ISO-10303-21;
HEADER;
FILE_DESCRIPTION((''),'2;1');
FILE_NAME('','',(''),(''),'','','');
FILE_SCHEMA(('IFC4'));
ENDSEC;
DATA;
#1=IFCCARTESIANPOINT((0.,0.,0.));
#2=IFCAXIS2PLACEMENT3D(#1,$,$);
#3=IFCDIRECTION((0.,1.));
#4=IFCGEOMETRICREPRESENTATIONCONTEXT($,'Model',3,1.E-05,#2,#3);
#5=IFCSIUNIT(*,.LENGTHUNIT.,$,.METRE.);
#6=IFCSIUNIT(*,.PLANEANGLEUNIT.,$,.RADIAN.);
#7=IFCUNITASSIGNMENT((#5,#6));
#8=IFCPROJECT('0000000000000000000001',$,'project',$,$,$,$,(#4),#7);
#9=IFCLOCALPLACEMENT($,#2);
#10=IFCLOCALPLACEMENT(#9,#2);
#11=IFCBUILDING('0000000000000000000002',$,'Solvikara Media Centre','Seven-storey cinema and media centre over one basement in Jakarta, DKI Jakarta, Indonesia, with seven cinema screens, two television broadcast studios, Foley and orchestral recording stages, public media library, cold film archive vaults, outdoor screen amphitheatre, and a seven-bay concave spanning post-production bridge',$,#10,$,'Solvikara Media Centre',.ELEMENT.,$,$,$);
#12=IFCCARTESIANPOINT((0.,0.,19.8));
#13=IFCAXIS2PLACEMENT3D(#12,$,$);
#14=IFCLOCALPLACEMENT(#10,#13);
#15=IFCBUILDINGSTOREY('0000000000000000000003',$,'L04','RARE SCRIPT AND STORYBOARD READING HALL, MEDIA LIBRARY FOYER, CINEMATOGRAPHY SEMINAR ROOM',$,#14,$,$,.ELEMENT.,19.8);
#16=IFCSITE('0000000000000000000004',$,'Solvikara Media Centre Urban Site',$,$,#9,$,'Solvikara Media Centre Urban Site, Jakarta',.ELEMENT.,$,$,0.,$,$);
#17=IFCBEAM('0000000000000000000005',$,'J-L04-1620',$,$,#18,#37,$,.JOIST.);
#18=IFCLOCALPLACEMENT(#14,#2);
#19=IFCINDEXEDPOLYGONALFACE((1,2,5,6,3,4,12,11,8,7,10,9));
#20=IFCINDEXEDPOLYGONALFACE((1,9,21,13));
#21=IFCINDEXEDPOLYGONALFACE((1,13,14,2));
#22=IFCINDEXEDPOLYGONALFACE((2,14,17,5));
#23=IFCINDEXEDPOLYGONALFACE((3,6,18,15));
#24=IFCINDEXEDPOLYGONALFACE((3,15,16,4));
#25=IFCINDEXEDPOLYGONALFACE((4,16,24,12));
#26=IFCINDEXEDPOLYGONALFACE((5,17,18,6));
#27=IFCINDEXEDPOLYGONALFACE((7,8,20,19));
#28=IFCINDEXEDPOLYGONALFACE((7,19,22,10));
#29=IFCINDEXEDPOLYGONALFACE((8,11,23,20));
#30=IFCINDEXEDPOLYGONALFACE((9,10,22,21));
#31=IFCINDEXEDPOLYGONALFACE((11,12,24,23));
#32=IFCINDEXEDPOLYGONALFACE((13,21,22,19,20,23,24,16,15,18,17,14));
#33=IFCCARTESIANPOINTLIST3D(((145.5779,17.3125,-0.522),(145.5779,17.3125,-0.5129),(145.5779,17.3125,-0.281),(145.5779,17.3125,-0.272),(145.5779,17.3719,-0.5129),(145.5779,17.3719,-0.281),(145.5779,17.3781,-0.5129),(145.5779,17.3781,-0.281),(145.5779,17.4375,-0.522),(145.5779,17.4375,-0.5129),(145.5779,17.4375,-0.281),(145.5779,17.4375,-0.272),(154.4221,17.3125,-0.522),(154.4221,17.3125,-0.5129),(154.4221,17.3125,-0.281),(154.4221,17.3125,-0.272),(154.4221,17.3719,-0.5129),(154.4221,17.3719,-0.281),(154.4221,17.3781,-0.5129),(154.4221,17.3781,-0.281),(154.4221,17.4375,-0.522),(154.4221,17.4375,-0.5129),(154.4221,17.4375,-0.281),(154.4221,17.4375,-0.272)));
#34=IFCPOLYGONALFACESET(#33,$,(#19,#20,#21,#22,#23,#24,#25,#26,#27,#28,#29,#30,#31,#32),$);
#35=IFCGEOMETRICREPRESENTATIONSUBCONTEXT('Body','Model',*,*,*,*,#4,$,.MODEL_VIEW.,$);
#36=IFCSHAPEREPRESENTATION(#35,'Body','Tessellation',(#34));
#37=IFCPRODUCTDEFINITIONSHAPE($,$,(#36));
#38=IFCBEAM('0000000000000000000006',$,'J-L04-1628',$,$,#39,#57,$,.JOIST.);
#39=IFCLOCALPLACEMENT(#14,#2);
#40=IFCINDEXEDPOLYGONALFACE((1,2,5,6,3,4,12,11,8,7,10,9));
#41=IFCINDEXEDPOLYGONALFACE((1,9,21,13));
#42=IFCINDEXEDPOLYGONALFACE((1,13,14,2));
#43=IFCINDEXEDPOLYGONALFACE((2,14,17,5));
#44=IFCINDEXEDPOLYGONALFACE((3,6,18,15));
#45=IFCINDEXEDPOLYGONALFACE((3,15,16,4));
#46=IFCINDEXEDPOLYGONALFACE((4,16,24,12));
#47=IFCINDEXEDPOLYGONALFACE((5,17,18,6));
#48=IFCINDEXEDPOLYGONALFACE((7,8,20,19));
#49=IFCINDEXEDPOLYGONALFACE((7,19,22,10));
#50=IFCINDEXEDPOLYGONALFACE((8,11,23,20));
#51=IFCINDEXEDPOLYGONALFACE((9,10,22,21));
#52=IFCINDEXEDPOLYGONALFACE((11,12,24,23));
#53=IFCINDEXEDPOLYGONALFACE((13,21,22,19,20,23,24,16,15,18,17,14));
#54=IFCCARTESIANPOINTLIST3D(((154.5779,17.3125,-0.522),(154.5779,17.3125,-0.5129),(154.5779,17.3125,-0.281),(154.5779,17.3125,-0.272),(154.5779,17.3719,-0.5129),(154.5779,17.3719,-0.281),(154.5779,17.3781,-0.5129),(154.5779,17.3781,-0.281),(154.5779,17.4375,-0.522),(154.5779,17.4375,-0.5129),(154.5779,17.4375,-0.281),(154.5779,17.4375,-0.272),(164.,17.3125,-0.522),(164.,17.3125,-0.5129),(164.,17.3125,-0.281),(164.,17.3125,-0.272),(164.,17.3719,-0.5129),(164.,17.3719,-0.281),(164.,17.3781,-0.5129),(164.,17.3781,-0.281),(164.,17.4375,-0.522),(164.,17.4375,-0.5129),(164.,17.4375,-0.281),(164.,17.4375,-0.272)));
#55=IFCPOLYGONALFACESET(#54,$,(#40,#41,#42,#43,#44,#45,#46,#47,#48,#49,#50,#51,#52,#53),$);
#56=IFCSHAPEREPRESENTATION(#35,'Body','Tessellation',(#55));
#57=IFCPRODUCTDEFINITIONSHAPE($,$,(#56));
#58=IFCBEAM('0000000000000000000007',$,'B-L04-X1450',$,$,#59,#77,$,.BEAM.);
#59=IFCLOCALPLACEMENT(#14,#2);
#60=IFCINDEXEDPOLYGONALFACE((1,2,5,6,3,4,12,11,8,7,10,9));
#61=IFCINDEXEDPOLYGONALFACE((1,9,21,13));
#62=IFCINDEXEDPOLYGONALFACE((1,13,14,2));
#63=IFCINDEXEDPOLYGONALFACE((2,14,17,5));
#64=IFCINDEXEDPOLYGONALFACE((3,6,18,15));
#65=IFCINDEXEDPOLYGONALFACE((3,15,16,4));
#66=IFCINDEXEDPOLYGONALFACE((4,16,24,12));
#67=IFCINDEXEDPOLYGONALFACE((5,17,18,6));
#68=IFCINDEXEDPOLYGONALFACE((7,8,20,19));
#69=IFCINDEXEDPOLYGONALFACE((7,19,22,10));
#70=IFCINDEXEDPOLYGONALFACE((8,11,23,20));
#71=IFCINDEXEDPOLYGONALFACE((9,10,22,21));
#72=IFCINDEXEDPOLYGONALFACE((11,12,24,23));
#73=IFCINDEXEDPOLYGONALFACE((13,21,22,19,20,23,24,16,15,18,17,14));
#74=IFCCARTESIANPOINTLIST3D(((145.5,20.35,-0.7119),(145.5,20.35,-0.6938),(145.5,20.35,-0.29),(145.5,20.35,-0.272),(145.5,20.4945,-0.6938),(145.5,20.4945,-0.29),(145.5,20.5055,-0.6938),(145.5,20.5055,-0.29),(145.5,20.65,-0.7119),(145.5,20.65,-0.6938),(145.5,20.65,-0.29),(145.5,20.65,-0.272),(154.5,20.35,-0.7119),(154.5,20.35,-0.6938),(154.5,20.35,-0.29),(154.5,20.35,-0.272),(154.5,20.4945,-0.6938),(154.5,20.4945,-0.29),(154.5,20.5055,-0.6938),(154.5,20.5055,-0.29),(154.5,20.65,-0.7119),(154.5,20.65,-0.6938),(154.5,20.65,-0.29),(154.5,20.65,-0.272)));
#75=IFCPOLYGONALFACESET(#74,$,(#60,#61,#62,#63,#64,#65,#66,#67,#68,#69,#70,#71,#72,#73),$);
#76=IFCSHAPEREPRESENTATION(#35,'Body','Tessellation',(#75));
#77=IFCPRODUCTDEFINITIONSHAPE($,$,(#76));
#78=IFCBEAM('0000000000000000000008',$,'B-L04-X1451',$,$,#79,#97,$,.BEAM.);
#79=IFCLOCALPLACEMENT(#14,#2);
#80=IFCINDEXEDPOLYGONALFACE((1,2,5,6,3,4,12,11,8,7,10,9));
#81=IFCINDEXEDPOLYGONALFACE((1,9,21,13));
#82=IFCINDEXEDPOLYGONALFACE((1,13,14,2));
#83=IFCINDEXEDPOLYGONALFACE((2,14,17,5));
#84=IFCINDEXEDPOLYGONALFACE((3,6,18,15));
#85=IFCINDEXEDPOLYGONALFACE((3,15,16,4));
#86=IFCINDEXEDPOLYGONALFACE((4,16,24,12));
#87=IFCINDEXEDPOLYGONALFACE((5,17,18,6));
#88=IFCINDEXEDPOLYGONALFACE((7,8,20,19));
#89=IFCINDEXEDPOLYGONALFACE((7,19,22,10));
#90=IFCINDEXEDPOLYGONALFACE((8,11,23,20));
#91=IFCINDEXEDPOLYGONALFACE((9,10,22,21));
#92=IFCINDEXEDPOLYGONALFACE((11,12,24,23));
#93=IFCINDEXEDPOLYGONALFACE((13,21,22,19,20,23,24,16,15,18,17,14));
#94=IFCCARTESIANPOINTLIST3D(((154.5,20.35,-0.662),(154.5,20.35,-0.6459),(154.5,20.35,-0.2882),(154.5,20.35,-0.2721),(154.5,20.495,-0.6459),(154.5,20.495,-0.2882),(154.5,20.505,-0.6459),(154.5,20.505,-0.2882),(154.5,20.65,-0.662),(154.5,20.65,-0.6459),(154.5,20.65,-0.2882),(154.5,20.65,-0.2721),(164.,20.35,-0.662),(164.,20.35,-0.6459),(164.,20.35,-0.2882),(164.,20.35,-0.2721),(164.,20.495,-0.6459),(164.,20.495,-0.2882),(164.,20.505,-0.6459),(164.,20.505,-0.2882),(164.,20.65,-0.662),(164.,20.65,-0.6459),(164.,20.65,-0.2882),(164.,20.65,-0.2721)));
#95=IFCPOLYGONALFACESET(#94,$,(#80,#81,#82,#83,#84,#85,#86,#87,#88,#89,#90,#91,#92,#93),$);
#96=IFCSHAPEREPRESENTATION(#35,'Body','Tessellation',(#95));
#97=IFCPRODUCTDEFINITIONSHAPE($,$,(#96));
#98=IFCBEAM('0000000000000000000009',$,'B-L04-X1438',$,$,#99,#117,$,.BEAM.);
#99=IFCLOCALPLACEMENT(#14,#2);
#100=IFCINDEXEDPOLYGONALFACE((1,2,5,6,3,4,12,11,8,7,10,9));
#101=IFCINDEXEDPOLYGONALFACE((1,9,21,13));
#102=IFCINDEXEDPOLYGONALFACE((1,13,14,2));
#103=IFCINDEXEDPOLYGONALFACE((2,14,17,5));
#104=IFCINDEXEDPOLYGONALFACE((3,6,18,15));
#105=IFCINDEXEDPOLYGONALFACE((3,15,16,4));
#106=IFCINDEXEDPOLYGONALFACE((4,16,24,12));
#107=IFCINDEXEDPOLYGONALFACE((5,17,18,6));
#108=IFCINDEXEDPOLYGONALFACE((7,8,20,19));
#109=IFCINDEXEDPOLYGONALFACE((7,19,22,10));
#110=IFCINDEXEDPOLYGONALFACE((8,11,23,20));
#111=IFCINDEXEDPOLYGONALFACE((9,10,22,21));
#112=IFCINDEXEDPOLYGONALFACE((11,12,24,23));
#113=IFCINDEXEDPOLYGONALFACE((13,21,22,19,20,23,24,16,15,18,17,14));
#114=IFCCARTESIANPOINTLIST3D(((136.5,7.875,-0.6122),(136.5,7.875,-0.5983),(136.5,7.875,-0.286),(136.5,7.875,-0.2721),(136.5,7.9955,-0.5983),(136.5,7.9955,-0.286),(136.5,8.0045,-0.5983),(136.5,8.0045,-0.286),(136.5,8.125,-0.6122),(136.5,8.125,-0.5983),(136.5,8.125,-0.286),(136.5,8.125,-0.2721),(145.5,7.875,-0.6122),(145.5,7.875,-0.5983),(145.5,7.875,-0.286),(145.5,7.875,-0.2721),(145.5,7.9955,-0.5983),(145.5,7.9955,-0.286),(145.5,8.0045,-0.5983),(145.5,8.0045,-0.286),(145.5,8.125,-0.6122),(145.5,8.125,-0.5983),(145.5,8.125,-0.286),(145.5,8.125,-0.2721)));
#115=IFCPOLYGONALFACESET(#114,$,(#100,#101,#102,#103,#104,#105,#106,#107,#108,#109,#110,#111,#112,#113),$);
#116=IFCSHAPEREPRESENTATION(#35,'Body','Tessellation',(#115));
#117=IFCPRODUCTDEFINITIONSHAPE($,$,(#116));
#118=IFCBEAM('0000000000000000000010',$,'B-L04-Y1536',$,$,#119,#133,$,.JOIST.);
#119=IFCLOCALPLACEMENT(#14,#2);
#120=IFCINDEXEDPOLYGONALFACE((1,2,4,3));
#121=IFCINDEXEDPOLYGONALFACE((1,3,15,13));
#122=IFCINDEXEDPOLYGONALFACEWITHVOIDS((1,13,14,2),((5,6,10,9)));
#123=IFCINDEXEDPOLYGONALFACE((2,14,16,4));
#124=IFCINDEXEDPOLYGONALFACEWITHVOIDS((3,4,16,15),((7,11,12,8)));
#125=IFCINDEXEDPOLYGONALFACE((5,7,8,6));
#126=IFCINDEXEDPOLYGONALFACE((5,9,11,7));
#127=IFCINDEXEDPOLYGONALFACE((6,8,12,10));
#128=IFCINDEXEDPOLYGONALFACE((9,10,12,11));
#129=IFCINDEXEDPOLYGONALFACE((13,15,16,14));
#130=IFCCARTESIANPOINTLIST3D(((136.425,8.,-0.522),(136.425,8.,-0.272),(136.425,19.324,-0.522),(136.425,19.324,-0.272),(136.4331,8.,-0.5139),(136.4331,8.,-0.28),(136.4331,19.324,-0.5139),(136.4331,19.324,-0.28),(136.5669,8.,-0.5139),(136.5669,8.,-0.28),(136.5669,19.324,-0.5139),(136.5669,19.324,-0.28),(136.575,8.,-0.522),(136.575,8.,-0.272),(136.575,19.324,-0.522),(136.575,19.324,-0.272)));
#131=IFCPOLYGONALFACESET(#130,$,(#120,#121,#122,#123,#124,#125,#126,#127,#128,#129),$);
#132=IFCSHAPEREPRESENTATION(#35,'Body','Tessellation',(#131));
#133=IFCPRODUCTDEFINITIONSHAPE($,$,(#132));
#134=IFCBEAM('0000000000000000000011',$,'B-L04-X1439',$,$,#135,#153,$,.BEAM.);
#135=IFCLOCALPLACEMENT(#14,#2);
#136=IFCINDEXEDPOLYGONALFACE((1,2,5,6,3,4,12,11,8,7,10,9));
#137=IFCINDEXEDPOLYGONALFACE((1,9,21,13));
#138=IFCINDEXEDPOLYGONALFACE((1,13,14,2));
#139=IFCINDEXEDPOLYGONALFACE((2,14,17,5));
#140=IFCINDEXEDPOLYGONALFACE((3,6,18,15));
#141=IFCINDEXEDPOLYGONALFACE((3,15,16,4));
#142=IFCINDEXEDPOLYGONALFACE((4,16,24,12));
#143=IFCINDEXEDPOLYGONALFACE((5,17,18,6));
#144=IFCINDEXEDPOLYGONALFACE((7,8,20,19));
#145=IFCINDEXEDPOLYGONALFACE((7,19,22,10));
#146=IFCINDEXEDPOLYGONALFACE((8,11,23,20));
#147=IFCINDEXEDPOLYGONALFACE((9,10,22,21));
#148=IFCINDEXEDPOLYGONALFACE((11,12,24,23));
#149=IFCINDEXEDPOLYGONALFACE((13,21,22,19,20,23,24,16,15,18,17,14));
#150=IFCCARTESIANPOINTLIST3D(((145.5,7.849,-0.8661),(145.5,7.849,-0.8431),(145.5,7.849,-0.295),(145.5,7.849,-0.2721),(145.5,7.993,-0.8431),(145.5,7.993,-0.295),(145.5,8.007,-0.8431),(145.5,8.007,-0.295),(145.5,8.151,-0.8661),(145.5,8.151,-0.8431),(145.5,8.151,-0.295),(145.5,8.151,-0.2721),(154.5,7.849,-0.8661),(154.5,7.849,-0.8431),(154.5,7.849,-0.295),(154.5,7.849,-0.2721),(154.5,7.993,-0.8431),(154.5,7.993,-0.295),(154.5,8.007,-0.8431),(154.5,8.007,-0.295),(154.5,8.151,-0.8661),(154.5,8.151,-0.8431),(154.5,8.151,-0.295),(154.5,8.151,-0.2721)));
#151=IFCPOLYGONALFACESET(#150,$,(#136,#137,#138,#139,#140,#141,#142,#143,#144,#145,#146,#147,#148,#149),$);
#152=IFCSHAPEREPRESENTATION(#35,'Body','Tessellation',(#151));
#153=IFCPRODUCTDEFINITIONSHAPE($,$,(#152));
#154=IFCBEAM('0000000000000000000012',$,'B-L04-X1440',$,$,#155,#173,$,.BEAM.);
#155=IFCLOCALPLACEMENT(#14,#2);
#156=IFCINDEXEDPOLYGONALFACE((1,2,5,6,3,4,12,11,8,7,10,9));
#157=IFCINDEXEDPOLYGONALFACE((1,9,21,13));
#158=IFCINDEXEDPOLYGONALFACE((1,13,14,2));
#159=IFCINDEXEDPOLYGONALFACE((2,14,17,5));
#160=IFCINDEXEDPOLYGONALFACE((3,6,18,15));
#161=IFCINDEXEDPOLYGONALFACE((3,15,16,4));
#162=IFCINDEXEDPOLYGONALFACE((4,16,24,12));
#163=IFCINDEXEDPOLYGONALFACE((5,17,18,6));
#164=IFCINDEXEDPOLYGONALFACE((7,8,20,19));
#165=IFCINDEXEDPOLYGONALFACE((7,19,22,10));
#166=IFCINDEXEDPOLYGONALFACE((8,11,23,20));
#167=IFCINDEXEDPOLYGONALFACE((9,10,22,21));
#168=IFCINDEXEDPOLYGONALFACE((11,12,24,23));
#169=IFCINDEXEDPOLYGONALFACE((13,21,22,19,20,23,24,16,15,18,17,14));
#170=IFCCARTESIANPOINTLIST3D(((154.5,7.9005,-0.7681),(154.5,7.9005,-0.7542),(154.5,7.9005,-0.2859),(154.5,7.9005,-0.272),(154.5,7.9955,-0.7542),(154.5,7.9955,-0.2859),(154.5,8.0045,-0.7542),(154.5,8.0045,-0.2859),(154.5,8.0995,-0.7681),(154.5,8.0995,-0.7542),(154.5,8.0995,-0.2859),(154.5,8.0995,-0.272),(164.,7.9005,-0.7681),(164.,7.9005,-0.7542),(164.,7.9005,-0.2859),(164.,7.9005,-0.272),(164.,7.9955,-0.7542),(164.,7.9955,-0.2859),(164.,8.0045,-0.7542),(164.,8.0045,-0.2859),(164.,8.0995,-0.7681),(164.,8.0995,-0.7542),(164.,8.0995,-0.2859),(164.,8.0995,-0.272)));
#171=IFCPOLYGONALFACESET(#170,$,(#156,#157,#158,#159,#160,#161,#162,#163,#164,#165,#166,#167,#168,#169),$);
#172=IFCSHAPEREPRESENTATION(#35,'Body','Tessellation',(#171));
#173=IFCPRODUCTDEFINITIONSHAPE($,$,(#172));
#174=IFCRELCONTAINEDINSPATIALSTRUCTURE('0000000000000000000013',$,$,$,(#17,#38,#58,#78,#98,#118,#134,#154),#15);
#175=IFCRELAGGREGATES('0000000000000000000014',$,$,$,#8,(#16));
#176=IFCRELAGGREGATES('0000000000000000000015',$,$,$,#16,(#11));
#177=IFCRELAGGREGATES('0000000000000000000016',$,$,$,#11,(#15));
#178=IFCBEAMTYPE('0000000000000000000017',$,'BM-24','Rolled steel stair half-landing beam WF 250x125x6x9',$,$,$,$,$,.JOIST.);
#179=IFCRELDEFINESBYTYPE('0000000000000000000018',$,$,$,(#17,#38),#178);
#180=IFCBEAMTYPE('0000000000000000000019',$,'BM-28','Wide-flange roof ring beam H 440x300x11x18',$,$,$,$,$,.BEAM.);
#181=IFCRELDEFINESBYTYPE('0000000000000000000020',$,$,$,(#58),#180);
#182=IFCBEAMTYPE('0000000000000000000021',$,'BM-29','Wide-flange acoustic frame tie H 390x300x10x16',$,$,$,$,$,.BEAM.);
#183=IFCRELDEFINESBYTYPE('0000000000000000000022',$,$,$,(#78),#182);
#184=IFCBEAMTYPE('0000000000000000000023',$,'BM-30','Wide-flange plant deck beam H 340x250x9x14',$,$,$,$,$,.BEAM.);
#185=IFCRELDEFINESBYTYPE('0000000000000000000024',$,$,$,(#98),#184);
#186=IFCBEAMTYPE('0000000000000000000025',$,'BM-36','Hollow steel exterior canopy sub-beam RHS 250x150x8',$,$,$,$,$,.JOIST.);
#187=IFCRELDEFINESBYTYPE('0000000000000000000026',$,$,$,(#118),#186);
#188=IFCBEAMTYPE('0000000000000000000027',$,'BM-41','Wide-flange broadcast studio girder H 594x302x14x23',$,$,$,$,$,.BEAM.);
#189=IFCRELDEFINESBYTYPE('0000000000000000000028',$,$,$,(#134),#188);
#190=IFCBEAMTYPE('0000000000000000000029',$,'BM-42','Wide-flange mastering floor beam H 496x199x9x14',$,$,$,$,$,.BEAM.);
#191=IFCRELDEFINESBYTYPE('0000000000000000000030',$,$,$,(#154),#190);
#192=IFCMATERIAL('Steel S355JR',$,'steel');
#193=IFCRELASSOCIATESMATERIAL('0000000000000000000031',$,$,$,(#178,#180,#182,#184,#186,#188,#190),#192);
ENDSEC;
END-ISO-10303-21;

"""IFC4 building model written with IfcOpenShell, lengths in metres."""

from ifc_helpers import new_model, si_unit, direction, frame, origin, origin_2d, place, context, subcontext, project, spatial, hollow_rectangle, i_section, extrude, material, material_profile, profile_set, type_object, element, save


model = new_model("IFC4")

# Units and contexts
model_context = context("Model", 3, precision=1e-05, world=origin(), true_north=direction((0.0, 1.0)))
body_context = subcontext(model_context, "Body", "Model", "MODEL_VIEW")
ifc_project = project(units=[si_unit("LENGTHUNIT", "METRE"), si_unit("PLANEANGLEUNIT", "RADIAN")], contexts=[model_context])

# Site, building, storey
site_placement = place(None, origin())
site = spatial("IfcSite", under=ifc_project, at=site_placement, Name="Solvikara Media Centre Urban Site", LongName="Solvikara Media Centre Urban Site, Jakarta", CompositionType="ELEMENT", RefElevation=0.0)
building_placement = place(site_placement, origin())
building = spatial("IfcBuilding", under=site, at=building_placement, Name="Solvikara Media Centre", Description="Seven-storey cinema and media centre over one basement in Jakarta, DKI Jakarta, Indonesia, with seven cinema screens, two television broadcast studios, Foley and orchestral recording stages, public media library, cold film archive vaults, outdoor screen amphitheatre, and a seven-bay concave spanning post-production bridge", LongName="Solvikara Media Centre", CompositionType="ELEMENT")
storey_placement = place(building_placement, frame((0.0, 0.0, 19.8)))
storey = spatial("IfcBuildingStorey", under=building, at=storey_placement, Name="L04", Description="RARE SCRIPT AND STORYBOARD READING HALL, MEDIA LIBRARY FOYER, CINEMATOGRAPHY SEMINAR ROOM", CompositionType="ELEMENT", Elevation=19.8)

# Beams
ifc_material_1 = material(Name="Steel S355JR", Category="steel")
ifc_material_profile_1 = material_profile(ifc_material_1, i_section(OverallWidth=0.125, OverallDepth=0.25, WebThickness=0.0061, FlangeThickness=0.009, at=origin_2d()), Name="WF 250x125x6x9")
ifc_profile_set_1 = profile_set([ifc_material_profile_1], Name="Steel S355JR")
beam_type_1 = type_object("IfcBeamType", Name="BM-24", Description="Rolled steel stair half-landing beam WF 250x125x6x9", PredefinedType="JOIST", material=ifc_profile_set_1)
beam_1_placement = place(storey_placement, frame((145.5779, 17.375, -0.397), z_axis=(1.0, 0.0, 0.0), x_axis=(0.0, 1.0, 0.0)))
element("IfcBeam", 1, at=beam_1_placement, inside=storey, type_object=beam_type_1, Name="J-L04-1620", PredefinedType="JOIST", context=body_context, shape_type="SweptSolid", body=[
    extrude(i_section(OverallWidth=0.125, OverallDepth=0.25, WebThickness=0.0061, FlangeThickness=0.009, at=origin_2d()), origin(), (0.0, 0.0, 1.0), 8.8442),
])
beam_2_placement = place(storey_placement, frame((154.5779, 17.375, -0.397), z_axis=(1.0, 0.0, 0.0), x_axis=(0.0, 1.0, 0.0)))
element("IfcBeam", 2, at=beam_2_placement, inside=storey, type_object=beam_type_1, Name="J-L04-1628", PredefinedType="JOIST", context=body_context, shape_type="SweptSolid", body=[
    extrude(i_section(OverallWidth=0.125, OverallDepth=0.25, WebThickness=0.0061, FlangeThickness=0.009, at=origin_2d()), origin(), (0.0, 0.0, 1.0), 9.4221),
])
ifc_material_profile_2 = material_profile(ifc_material_1, i_section(OverallWidth=0.3, OverallDepth=0.4399, WebThickness=0.011, FlangeThickness=0.0181, at=origin_2d()), Name="H 440x300x11x18")
ifc_profile_set_2 = profile_set([ifc_material_profile_2], Name="Steel S355JR")
beam_type_2 = type_object("IfcBeamType", Name="BM-28", Description="Wide-flange roof ring beam H 440x300x11x18", PredefinedType="BEAM", material=ifc_profile_set_2)
beam_3_placement = place(storey_placement, frame((145.5, 20.5, -0.4919), z_axis=(1.0, 0.0, 0.0), x_axis=(0.0, 1.0, 0.0)))
element("IfcBeam", 3, at=beam_3_placement, inside=storey, type_object=beam_type_2, Name="B-L04-X1450", PredefinedType="BEAM", context=body_context, shape_type="SweptSolid", body=[
    extrude(i_section(OverallWidth=0.3, OverallDepth=0.4399, WebThickness=0.011, FlangeThickness=0.0181, at=origin_2d()), origin(), (0.0, 0.0, 1.0), 9.0),
])
ifc_material_profile_3 = material_profile(ifc_material_1, i_section(OverallWidth=0.3, OverallDepth=0.3899, WebThickness=0.01, FlangeThickness=0.0161, at=origin_2d()), Name="H 390x300x10x16")
ifc_profile_set_3 = profile_set([ifc_material_profile_3], Name="Steel S355JR")
beam_type_3 = type_object("IfcBeamType", Name="BM-29", Description="Wide-flange acoustic frame tie H 390x300x10x16", PredefinedType="BEAM", material=ifc_profile_set_3)
beam_4_placement = place(storey_placement, frame((154.5, 20.5, -0.467), z_axis=(1.0, 0.0, 0.0), x_axis=(0.0, 1.0, 0.0)))
element("IfcBeam", 4, at=beam_4_placement, inside=storey, type_object=beam_type_3, Name="B-L04-X1451", PredefinedType="BEAM", context=body_context, shape_type="SweptSolid", body=[
    extrude(i_section(OverallWidth=0.3, OverallDepth=0.3899, WebThickness=0.01, FlangeThickness=0.0161, at=origin_2d()), origin(), (0.0, 0.0, 1.0), 9.5),
])
ifc_material_profile_4 = material_profile(ifc_material_1, i_section(OverallWidth=0.25, OverallDepth=0.3401, WebThickness=0.009, FlangeThickness=0.0139, at=origin_2d()), Name="H 340x250x9x14")
ifc_profile_set_4 = profile_set([ifc_material_profile_4], Name="Steel S355JR")
beam_type_4 = type_object("IfcBeamType", Name="BM-30", Description="Wide-flange plant deck beam H 340x250x9x14", PredefinedType="BEAM", material=ifc_profile_set_4)
beam_5_placement = place(storey_placement, frame((136.5, 8.0, -0.4421), z_axis=(1.0, 0.0, 0.0), x_axis=(0.0, 1.0, 0.0)))
element("IfcBeam", 5, at=beam_5_placement, inside=storey, type_object=beam_type_4, Name="B-L04-X1438", PredefinedType="BEAM", context=body_context, shape_type="SweptSolid", body=[
    extrude(i_section(OverallWidth=0.25, OverallDepth=0.3401, WebThickness=0.009, FlangeThickness=0.0139, at=origin_2d()), origin(), (0.0, 0.0, 1.0), 9.0),
])
ifc_material_profile_5 = material_profile(ifc_material_1, hollow_rectangle(XDim=0.1499, YDim=0.25, WallThickness=0.0081, at=origin_2d()), Name="RHS 250x150x8")
ifc_profile_set_5 = profile_set([ifc_material_profile_5], Name="Steel S355JR")
beam_type_5 = type_object("IfcBeamType", Name="BM-36", Description="Hollow steel exterior canopy sub-beam RHS 250x150x8", PredefinedType="JOIST", material=ifc_profile_set_5)
beam_6_placement = place(storey_placement, frame((136.5, 8.0, -0.397), z_axis=(0.0, 1.0, 0.0), x_axis=(-1.0, 0.0, 0.0)))
element("IfcBeam", 6, at=beam_6_placement, inside=storey, type_object=beam_type_5, Name="B-L04-Y1536", PredefinedType="JOIST", context=body_context, shape_type="SweptSolid", body=[
    extrude(hollow_rectangle(XDim=0.1499, YDim=0.25, WallThickness=0.0081, at=origin_2d()), origin(), (0.0, 0.0, 1.0), 11.324),
])
ifc_material_profile_6 = material_profile(ifc_material_1, i_section(OverallWidth=0.302, OverallDepth=0.594, WebThickness=0.0139, FlangeThickness=0.0229, at=origin_2d()), Name="H 594x302x14x23")
ifc_profile_set_6 = profile_set([ifc_material_profile_6], Name="Steel S355JR")
beam_type_6 = type_object("IfcBeamType", Name="BM-41", Description="Wide-flange broadcast studio girder H 594x302x14x23", PredefinedType="BEAM", material=ifc_profile_set_6)
beam_7_placement = place(storey_placement, frame((145.5, 8.0, -0.5691), z_axis=(1.0, 0.0, 0.0), x_axis=(0.0, 1.0, 0.0)))
element("IfcBeam", 7, at=beam_7_placement, inside=storey, type_object=beam_type_6, Name="B-L04-X1439", PredefinedType="BEAM", context=body_context, shape_type="SweptSolid", body=[
    extrude(i_section(OverallWidth=0.302, OverallDepth=0.594, WebThickness=0.0139, FlangeThickness=0.0229, at=origin_2d()), origin(), (0.0, 0.0, 1.0), 9.0),
])
ifc_material_profile_7 = material_profile(ifc_material_1, i_section(OverallWidth=0.199, OverallDepth=0.4961, WebThickness=0.009, FlangeThickness=0.0139, at=origin_2d()), Name="H 496x199x9x14")
ifc_profile_set_7 = profile_set([ifc_material_profile_7], Name="Steel S355JR")
beam_type_7 = type_object("IfcBeamType", Name="BM-42", Description="Wide-flange mastering floor beam H 496x199x9x14", PredefinedType="BEAM", material=ifc_profile_set_7)
beam_8_placement = place(storey_placement, frame((154.5, 8.0, -0.52), z_axis=(1.0, 0.0, 0.0), x_axis=(0.0, 1.0, 0.0)))
element("IfcBeam", 8, at=beam_8_placement, inside=storey, type_object=beam_type_7, Name="B-L04-X1440", PredefinedType="BEAM", context=body_context, shape_type="SweptSolid", body=[
    extrude(i_section(OverallWidth=0.199, OverallDepth=0.4961, WebThickness=0.009, FlangeThickness=0.0139, at=origin_2d()), origin(), (0.0, 0.0, 1.0), 9.5),
])

save(model, "model.ifc")
